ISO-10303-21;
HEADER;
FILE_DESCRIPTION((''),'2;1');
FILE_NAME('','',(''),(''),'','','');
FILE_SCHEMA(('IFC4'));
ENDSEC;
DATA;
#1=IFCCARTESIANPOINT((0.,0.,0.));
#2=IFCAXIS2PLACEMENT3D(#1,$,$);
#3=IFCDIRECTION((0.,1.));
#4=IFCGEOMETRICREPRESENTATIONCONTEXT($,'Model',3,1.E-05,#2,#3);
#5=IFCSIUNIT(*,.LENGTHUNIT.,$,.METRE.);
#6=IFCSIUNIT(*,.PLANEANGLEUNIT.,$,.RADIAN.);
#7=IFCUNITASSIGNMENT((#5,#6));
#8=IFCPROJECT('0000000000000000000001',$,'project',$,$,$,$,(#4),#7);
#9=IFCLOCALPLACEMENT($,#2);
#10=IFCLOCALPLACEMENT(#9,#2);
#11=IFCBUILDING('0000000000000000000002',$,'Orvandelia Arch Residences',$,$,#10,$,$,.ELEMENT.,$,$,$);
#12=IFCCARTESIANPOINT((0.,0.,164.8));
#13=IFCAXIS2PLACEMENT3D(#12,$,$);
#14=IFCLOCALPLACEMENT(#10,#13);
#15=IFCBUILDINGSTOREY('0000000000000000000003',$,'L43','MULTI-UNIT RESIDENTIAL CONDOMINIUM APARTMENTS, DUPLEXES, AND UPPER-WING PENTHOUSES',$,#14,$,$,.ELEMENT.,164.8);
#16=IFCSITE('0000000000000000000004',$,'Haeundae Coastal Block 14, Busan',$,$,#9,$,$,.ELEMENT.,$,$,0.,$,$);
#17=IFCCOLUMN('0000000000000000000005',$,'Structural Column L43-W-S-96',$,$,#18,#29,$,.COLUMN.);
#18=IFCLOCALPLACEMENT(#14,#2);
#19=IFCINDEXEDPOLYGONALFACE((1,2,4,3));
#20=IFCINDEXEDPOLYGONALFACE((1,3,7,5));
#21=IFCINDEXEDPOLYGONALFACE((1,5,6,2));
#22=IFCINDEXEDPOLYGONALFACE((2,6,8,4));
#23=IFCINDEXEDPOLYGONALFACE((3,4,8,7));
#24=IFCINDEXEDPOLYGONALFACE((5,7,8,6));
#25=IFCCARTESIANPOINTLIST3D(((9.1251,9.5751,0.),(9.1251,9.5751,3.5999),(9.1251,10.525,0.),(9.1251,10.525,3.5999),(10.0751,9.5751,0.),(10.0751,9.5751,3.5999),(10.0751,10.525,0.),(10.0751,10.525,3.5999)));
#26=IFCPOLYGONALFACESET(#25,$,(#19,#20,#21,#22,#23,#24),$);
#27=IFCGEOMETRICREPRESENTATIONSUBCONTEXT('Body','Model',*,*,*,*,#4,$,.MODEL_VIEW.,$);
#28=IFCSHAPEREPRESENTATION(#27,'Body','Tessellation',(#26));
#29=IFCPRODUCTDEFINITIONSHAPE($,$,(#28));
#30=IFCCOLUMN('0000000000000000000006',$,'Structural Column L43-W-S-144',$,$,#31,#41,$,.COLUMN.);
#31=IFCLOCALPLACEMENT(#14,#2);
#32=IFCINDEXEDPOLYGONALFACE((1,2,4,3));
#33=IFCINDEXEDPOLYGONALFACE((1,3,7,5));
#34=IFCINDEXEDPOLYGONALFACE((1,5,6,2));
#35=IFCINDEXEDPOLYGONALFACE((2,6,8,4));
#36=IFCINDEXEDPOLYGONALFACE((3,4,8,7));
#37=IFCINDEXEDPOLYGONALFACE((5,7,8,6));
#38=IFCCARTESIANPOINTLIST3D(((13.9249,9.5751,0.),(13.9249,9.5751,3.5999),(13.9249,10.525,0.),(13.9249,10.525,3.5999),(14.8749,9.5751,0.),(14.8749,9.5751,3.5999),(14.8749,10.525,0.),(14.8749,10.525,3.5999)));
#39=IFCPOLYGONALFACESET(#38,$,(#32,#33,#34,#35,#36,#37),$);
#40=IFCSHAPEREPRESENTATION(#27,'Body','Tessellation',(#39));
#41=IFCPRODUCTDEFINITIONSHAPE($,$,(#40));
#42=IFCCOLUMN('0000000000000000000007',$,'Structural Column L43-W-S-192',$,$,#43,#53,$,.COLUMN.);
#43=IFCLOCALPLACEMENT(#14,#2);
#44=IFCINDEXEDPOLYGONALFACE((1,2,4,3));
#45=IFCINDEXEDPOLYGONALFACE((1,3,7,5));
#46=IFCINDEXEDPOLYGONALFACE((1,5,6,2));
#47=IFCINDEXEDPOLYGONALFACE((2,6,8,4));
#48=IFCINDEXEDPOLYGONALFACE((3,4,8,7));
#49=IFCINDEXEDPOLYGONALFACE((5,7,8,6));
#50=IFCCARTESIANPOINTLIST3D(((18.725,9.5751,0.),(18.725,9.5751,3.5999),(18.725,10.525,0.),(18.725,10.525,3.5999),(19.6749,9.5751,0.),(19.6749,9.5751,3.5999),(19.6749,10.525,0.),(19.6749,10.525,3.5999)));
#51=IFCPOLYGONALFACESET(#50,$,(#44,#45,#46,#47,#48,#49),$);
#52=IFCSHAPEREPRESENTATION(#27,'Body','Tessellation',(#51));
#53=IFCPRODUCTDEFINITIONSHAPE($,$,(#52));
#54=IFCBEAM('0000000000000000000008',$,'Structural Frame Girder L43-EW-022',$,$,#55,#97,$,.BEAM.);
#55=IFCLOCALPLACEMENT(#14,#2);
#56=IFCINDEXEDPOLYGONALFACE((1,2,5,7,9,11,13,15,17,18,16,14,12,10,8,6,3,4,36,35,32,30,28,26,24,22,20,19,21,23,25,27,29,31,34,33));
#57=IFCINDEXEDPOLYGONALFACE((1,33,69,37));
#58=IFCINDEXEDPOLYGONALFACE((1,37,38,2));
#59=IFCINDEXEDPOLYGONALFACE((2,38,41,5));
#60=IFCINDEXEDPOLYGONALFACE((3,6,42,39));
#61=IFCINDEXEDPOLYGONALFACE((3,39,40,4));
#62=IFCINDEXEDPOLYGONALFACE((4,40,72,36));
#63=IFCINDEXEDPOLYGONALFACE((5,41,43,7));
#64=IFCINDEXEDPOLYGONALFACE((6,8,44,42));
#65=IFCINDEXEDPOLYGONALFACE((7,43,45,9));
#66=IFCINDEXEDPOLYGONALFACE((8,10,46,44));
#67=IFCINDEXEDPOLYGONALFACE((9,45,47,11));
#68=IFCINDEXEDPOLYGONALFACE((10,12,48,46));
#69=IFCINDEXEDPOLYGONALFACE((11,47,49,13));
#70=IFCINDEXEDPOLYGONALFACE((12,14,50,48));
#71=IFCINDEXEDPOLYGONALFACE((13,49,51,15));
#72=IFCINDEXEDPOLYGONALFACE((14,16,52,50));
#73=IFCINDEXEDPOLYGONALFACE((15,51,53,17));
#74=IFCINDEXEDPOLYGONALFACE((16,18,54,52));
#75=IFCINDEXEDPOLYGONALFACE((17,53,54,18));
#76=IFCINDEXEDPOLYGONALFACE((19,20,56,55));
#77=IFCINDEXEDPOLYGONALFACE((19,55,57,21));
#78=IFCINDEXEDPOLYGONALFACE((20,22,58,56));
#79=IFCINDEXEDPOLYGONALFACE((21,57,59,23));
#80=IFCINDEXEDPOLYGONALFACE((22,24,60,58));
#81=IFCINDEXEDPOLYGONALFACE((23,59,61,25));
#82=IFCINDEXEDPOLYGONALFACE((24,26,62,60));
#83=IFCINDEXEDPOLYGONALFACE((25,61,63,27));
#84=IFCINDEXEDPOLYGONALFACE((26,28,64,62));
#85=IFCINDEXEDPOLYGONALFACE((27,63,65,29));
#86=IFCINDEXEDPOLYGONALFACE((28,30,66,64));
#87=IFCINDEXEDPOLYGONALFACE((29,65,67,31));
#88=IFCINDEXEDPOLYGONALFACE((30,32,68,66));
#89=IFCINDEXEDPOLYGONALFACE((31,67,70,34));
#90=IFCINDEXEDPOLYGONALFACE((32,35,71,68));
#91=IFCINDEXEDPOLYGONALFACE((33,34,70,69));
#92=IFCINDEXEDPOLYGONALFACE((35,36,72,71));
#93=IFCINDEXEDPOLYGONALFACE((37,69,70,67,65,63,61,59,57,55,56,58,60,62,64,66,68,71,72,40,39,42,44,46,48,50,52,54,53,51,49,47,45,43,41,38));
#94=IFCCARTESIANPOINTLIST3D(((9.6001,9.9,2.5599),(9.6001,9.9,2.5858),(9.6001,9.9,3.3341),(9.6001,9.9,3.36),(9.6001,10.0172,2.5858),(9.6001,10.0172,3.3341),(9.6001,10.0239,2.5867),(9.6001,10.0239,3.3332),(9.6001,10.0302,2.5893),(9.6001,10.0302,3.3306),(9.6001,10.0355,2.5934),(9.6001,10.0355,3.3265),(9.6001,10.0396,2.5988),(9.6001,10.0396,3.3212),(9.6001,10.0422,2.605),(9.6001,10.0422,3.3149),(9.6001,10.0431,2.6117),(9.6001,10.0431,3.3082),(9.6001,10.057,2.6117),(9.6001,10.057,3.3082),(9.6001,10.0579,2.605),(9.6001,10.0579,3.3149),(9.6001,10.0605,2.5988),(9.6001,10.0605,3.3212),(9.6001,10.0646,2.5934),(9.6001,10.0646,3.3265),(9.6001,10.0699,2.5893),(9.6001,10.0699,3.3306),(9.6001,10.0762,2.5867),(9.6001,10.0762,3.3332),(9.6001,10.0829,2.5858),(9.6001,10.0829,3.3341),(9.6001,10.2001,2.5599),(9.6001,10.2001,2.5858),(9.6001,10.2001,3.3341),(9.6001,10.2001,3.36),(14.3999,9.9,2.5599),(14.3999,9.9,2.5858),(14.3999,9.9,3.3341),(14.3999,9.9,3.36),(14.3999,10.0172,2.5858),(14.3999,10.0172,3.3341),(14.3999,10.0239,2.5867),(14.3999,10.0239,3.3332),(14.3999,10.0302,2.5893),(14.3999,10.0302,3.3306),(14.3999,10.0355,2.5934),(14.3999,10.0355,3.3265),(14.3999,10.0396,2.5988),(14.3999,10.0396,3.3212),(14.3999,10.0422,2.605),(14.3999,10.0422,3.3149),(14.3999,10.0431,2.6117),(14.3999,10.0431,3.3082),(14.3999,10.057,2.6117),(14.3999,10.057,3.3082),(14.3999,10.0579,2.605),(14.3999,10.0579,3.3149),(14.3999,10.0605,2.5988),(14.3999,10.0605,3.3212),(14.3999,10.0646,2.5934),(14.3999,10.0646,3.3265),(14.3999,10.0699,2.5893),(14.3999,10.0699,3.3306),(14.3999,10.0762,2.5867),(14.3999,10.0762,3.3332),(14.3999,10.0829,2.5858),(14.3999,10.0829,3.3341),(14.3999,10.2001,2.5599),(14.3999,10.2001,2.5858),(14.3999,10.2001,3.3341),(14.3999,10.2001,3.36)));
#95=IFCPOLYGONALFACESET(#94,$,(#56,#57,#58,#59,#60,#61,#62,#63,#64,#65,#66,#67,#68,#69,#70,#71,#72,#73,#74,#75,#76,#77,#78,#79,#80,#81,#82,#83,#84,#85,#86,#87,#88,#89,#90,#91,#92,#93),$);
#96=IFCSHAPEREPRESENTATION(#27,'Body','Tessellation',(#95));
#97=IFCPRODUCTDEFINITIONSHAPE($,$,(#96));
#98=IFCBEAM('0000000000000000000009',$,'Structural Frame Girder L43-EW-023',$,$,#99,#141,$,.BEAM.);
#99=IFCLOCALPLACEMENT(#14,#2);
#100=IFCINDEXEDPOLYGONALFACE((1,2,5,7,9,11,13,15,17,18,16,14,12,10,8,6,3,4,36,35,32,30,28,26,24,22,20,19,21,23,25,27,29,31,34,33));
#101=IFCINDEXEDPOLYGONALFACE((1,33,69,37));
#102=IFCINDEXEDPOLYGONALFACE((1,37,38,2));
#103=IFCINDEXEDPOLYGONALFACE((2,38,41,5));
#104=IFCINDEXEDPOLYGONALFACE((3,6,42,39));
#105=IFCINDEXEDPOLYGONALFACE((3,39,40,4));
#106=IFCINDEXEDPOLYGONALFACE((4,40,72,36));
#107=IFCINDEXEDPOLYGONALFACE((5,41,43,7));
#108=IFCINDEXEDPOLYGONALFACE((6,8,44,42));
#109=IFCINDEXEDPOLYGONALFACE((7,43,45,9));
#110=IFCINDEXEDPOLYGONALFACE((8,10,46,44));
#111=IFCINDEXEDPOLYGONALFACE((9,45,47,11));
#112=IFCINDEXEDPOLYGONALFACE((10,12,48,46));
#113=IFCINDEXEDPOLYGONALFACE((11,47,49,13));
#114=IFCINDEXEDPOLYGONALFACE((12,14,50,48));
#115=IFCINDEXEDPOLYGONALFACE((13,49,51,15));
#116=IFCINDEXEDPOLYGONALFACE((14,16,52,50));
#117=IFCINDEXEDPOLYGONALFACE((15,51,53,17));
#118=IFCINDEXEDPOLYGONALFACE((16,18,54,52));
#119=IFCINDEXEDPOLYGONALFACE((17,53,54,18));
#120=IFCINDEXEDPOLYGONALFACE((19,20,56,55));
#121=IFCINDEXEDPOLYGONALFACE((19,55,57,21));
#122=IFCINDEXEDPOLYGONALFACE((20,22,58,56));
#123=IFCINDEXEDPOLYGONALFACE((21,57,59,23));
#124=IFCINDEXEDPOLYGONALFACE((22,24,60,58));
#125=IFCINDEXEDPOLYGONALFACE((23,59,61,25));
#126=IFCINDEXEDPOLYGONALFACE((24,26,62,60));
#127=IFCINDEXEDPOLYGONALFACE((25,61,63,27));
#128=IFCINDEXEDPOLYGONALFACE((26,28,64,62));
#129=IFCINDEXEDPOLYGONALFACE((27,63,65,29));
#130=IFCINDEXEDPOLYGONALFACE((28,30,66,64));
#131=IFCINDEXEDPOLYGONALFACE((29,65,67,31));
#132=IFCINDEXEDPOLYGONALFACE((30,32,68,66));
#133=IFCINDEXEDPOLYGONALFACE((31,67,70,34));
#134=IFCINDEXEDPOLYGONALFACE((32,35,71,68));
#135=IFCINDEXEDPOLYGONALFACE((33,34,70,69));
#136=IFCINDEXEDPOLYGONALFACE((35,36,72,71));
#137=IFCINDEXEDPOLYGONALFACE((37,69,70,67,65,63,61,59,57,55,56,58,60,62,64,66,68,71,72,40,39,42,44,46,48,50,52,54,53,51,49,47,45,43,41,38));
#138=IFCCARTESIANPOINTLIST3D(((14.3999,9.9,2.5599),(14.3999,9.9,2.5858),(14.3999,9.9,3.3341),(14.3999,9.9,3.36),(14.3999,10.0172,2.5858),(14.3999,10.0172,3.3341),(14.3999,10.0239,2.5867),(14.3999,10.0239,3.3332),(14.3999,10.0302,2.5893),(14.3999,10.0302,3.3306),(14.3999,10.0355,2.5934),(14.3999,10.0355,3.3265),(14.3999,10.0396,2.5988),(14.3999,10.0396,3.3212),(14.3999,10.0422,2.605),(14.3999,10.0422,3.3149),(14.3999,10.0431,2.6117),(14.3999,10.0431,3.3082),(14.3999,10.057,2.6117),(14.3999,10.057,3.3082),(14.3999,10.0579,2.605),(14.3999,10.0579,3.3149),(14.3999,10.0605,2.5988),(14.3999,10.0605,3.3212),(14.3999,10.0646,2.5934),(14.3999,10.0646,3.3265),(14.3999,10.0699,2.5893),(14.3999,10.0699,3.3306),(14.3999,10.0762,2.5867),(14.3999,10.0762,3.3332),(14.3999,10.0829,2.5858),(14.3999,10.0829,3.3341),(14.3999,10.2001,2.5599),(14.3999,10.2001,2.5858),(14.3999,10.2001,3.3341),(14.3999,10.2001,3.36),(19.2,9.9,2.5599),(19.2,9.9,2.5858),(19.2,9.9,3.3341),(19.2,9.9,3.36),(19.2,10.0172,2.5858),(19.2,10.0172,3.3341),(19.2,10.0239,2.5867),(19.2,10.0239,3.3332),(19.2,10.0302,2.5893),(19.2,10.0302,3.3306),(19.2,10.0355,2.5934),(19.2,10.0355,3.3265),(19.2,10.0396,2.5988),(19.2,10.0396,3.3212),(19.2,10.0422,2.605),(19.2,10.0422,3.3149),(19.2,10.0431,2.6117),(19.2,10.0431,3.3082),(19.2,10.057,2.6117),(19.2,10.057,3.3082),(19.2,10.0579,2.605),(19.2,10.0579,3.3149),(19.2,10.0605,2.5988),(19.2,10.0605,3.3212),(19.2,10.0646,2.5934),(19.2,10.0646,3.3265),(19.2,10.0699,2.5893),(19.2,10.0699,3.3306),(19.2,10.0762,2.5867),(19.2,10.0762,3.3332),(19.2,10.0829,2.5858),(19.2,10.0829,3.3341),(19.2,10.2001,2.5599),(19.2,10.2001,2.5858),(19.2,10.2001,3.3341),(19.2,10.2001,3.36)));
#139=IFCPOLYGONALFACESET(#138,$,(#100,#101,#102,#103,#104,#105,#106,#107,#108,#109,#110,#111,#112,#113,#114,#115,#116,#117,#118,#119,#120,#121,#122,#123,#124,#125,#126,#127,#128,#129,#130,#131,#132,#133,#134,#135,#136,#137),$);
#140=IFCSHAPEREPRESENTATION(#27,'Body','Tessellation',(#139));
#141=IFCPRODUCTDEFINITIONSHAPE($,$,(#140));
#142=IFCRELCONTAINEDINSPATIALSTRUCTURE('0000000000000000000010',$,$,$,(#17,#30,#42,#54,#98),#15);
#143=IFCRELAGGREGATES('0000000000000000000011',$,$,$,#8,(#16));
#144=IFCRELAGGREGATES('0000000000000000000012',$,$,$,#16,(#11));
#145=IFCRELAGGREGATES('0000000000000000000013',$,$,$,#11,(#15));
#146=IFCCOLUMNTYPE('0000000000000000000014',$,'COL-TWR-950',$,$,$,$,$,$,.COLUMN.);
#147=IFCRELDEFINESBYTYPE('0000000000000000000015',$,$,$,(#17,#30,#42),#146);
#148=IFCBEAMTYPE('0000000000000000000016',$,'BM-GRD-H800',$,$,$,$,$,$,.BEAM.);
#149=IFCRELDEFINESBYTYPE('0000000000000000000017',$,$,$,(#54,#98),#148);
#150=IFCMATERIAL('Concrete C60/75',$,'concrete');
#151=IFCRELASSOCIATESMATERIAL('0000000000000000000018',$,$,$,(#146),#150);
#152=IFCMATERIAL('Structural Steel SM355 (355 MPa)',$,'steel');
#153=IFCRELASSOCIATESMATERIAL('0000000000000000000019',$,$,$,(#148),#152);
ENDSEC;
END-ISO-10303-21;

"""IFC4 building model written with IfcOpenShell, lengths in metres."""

from ifc_helpers import new_model, si_unit, direction, frame, origin, origin_2d, place, context, subcontext, project, spatial, rectangle, i_section, extrude, material, material_profile, profile_set, type_object, element, save


model = new_model("IFC4")

# Units and contexts
model_context = context("Model", 3, precision=1e-05, world=origin(), true_north=direction((0.0, 1.0)))
body_context = subcontext(model_context, "Body", "Model", "MODEL_VIEW")
ifc_project = project(units=[si_unit("LENGTHUNIT", "METRE"), si_unit("PLANEANGLEUNIT", "RADIAN")], contexts=[model_context])

# Site, building, storey
site_placement = place(None, origin())
site = spatial("IfcSite", under=ifc_project, at=site_placement, Name="Haeundae Coastal Block 14, Busan", CompositionType="ELEMENT", RefElevation=0.0)
building_placement = place(site_placement, origin())
building = spatial("IfcBuilding", under=site, at=building_placement, Name="Orvandelia Arch Residences", CompositionType="ELEMENT")
storey_placement = place(building_placement, frame((0.0, 0.0, 164.8)))
storey = spatial("IfcBuildingStorey", under=building, at=storey_placement, Name="L43", Description="MULTI-UNIT RESIDENTIAL CONDOMINIUM APARTMENTS, DUPLEXES, AND UPPER-WING PENTHOUSES", CompositionType="ELEMENT", Elevation=164.8)

# Columns
ifc_material_1 = material(Name="Concrete C60/75", Category="concrete")
ifc_material_profile_1 = material_profile(ifc_material_1, rectangle(XDim=0.95, YDim=0.95, at=origin_2d()), Name="Concrete C60/75", Category="concrete")
ifc_profile_set_1 = profile_set([ifc_material_profile_1], Name="Concrete C60/75")
column_type = type_object("IfcColumnType", Name="COL-TWR-950", PredefinedType="COLUMN", material=ifc_profile_set_1)
for number, where, z_axis, x_axis, name in (
    (1, (9.6001, 10.05, 0.0), (0.0, 0.0, 1.0), (1.0, 0.0, 0.0), "Structural Column L43-W-S-96"),
    (2, (14.3999, 10.05, 0.0), (0.0, 0.0, 1.0), (1.0, 0.0, 0.0), "Structural Column L43-W-S-144"),
    (3, (19.2, 10.05, 0.0), (0.0, 0.0, 1.0), (1.0, 0.0, 0.0), "Structural Column L43-W-S-192"),
):
    element("IfcColumn", number, at=place(storey_placement, frame(where, z_axis=z_axis, x_axis=x_axis)), inside=storey, type_object=column_type, Name=name, PredefinedType="COLUMN", context=body_context, shape_type="SweptSolid", body=[
        extrude(rectangle(XDim=0.95, YDim=0.95, at=origin_2d()), origin(), (0.0, 0.0, 1.0), 3.5999),
    ])

# Beams
ifc_material_2 = material(Name="Structural Steel SM355 (355 MPa)", Category="steel")
ifc_material_profile_2 = material_profile(ifc_material_2, i_section(OverallWidth=0.3, OverallDepth=0.8, WebThickness=0.0139, FlangeThickness=0.0259, FilletRadius=0.0259, at=origin_2d()), Name="Structural Steel SM355 (355 MPa)", Category="steel")
ifc_profile_set_2 = profile_set([ifc_material_profile_2], Name="Structural Steel SM355 (355 MPa)")
beam_type = type_object("IfcBeamType", Name="BM-GRD-H800", PredefinedType="BEAM", material=ifc_profile_set_2)
beam_1_placement = place(storey_placement, frame((9.6001, 10.05, 2.96), z_axis=(1.0, 0.0, 0.0), x_axis=(0.0, 1.0, 0.0)))
element("IfcBeam", 4, at=beam_1_placement, inside=storey, type_object=beam_type, Name="Structural Frame Girder L43-EW-022", PredefinedType="BEAM", context=body_context, shape_type="SweptSolid", body=[
    extrude(i_section(OverallWidth=0.3, OverallDepth=0.8, WebThickness=0.0139, FlangeThickness=0.0259, FilletRadius=0.0259, at=origin_2d()), origin(), (0.0, 0.0, 1.0), 4.7998),
])
beam_2_placement = place(storey_placement, frame((14.3999, 10.05, 2.96), z_axis=(1.0, 0.0, 0.0), x_axis=(0.0, 1.0, 0.0)))
element("IfcBeam", 5, at=beam_2_placement, inside=storey, type_object=beam_type, Name="Structural Frame Girder L43-EW-023", PredefinedType="BEAM", context=body_context, shape_type="SweptSolid", body=[
    extrude(i_section(OverallWidth=0.3, OverallDepth=0.8, WebThickness=0.0139, FlangeThickness=0.0259, FilletRadius=0.0259, at=origin_2d()), origin(), (0.0, 0.0, 1.0), 4.8),
])

save(model, "model.ifc")
